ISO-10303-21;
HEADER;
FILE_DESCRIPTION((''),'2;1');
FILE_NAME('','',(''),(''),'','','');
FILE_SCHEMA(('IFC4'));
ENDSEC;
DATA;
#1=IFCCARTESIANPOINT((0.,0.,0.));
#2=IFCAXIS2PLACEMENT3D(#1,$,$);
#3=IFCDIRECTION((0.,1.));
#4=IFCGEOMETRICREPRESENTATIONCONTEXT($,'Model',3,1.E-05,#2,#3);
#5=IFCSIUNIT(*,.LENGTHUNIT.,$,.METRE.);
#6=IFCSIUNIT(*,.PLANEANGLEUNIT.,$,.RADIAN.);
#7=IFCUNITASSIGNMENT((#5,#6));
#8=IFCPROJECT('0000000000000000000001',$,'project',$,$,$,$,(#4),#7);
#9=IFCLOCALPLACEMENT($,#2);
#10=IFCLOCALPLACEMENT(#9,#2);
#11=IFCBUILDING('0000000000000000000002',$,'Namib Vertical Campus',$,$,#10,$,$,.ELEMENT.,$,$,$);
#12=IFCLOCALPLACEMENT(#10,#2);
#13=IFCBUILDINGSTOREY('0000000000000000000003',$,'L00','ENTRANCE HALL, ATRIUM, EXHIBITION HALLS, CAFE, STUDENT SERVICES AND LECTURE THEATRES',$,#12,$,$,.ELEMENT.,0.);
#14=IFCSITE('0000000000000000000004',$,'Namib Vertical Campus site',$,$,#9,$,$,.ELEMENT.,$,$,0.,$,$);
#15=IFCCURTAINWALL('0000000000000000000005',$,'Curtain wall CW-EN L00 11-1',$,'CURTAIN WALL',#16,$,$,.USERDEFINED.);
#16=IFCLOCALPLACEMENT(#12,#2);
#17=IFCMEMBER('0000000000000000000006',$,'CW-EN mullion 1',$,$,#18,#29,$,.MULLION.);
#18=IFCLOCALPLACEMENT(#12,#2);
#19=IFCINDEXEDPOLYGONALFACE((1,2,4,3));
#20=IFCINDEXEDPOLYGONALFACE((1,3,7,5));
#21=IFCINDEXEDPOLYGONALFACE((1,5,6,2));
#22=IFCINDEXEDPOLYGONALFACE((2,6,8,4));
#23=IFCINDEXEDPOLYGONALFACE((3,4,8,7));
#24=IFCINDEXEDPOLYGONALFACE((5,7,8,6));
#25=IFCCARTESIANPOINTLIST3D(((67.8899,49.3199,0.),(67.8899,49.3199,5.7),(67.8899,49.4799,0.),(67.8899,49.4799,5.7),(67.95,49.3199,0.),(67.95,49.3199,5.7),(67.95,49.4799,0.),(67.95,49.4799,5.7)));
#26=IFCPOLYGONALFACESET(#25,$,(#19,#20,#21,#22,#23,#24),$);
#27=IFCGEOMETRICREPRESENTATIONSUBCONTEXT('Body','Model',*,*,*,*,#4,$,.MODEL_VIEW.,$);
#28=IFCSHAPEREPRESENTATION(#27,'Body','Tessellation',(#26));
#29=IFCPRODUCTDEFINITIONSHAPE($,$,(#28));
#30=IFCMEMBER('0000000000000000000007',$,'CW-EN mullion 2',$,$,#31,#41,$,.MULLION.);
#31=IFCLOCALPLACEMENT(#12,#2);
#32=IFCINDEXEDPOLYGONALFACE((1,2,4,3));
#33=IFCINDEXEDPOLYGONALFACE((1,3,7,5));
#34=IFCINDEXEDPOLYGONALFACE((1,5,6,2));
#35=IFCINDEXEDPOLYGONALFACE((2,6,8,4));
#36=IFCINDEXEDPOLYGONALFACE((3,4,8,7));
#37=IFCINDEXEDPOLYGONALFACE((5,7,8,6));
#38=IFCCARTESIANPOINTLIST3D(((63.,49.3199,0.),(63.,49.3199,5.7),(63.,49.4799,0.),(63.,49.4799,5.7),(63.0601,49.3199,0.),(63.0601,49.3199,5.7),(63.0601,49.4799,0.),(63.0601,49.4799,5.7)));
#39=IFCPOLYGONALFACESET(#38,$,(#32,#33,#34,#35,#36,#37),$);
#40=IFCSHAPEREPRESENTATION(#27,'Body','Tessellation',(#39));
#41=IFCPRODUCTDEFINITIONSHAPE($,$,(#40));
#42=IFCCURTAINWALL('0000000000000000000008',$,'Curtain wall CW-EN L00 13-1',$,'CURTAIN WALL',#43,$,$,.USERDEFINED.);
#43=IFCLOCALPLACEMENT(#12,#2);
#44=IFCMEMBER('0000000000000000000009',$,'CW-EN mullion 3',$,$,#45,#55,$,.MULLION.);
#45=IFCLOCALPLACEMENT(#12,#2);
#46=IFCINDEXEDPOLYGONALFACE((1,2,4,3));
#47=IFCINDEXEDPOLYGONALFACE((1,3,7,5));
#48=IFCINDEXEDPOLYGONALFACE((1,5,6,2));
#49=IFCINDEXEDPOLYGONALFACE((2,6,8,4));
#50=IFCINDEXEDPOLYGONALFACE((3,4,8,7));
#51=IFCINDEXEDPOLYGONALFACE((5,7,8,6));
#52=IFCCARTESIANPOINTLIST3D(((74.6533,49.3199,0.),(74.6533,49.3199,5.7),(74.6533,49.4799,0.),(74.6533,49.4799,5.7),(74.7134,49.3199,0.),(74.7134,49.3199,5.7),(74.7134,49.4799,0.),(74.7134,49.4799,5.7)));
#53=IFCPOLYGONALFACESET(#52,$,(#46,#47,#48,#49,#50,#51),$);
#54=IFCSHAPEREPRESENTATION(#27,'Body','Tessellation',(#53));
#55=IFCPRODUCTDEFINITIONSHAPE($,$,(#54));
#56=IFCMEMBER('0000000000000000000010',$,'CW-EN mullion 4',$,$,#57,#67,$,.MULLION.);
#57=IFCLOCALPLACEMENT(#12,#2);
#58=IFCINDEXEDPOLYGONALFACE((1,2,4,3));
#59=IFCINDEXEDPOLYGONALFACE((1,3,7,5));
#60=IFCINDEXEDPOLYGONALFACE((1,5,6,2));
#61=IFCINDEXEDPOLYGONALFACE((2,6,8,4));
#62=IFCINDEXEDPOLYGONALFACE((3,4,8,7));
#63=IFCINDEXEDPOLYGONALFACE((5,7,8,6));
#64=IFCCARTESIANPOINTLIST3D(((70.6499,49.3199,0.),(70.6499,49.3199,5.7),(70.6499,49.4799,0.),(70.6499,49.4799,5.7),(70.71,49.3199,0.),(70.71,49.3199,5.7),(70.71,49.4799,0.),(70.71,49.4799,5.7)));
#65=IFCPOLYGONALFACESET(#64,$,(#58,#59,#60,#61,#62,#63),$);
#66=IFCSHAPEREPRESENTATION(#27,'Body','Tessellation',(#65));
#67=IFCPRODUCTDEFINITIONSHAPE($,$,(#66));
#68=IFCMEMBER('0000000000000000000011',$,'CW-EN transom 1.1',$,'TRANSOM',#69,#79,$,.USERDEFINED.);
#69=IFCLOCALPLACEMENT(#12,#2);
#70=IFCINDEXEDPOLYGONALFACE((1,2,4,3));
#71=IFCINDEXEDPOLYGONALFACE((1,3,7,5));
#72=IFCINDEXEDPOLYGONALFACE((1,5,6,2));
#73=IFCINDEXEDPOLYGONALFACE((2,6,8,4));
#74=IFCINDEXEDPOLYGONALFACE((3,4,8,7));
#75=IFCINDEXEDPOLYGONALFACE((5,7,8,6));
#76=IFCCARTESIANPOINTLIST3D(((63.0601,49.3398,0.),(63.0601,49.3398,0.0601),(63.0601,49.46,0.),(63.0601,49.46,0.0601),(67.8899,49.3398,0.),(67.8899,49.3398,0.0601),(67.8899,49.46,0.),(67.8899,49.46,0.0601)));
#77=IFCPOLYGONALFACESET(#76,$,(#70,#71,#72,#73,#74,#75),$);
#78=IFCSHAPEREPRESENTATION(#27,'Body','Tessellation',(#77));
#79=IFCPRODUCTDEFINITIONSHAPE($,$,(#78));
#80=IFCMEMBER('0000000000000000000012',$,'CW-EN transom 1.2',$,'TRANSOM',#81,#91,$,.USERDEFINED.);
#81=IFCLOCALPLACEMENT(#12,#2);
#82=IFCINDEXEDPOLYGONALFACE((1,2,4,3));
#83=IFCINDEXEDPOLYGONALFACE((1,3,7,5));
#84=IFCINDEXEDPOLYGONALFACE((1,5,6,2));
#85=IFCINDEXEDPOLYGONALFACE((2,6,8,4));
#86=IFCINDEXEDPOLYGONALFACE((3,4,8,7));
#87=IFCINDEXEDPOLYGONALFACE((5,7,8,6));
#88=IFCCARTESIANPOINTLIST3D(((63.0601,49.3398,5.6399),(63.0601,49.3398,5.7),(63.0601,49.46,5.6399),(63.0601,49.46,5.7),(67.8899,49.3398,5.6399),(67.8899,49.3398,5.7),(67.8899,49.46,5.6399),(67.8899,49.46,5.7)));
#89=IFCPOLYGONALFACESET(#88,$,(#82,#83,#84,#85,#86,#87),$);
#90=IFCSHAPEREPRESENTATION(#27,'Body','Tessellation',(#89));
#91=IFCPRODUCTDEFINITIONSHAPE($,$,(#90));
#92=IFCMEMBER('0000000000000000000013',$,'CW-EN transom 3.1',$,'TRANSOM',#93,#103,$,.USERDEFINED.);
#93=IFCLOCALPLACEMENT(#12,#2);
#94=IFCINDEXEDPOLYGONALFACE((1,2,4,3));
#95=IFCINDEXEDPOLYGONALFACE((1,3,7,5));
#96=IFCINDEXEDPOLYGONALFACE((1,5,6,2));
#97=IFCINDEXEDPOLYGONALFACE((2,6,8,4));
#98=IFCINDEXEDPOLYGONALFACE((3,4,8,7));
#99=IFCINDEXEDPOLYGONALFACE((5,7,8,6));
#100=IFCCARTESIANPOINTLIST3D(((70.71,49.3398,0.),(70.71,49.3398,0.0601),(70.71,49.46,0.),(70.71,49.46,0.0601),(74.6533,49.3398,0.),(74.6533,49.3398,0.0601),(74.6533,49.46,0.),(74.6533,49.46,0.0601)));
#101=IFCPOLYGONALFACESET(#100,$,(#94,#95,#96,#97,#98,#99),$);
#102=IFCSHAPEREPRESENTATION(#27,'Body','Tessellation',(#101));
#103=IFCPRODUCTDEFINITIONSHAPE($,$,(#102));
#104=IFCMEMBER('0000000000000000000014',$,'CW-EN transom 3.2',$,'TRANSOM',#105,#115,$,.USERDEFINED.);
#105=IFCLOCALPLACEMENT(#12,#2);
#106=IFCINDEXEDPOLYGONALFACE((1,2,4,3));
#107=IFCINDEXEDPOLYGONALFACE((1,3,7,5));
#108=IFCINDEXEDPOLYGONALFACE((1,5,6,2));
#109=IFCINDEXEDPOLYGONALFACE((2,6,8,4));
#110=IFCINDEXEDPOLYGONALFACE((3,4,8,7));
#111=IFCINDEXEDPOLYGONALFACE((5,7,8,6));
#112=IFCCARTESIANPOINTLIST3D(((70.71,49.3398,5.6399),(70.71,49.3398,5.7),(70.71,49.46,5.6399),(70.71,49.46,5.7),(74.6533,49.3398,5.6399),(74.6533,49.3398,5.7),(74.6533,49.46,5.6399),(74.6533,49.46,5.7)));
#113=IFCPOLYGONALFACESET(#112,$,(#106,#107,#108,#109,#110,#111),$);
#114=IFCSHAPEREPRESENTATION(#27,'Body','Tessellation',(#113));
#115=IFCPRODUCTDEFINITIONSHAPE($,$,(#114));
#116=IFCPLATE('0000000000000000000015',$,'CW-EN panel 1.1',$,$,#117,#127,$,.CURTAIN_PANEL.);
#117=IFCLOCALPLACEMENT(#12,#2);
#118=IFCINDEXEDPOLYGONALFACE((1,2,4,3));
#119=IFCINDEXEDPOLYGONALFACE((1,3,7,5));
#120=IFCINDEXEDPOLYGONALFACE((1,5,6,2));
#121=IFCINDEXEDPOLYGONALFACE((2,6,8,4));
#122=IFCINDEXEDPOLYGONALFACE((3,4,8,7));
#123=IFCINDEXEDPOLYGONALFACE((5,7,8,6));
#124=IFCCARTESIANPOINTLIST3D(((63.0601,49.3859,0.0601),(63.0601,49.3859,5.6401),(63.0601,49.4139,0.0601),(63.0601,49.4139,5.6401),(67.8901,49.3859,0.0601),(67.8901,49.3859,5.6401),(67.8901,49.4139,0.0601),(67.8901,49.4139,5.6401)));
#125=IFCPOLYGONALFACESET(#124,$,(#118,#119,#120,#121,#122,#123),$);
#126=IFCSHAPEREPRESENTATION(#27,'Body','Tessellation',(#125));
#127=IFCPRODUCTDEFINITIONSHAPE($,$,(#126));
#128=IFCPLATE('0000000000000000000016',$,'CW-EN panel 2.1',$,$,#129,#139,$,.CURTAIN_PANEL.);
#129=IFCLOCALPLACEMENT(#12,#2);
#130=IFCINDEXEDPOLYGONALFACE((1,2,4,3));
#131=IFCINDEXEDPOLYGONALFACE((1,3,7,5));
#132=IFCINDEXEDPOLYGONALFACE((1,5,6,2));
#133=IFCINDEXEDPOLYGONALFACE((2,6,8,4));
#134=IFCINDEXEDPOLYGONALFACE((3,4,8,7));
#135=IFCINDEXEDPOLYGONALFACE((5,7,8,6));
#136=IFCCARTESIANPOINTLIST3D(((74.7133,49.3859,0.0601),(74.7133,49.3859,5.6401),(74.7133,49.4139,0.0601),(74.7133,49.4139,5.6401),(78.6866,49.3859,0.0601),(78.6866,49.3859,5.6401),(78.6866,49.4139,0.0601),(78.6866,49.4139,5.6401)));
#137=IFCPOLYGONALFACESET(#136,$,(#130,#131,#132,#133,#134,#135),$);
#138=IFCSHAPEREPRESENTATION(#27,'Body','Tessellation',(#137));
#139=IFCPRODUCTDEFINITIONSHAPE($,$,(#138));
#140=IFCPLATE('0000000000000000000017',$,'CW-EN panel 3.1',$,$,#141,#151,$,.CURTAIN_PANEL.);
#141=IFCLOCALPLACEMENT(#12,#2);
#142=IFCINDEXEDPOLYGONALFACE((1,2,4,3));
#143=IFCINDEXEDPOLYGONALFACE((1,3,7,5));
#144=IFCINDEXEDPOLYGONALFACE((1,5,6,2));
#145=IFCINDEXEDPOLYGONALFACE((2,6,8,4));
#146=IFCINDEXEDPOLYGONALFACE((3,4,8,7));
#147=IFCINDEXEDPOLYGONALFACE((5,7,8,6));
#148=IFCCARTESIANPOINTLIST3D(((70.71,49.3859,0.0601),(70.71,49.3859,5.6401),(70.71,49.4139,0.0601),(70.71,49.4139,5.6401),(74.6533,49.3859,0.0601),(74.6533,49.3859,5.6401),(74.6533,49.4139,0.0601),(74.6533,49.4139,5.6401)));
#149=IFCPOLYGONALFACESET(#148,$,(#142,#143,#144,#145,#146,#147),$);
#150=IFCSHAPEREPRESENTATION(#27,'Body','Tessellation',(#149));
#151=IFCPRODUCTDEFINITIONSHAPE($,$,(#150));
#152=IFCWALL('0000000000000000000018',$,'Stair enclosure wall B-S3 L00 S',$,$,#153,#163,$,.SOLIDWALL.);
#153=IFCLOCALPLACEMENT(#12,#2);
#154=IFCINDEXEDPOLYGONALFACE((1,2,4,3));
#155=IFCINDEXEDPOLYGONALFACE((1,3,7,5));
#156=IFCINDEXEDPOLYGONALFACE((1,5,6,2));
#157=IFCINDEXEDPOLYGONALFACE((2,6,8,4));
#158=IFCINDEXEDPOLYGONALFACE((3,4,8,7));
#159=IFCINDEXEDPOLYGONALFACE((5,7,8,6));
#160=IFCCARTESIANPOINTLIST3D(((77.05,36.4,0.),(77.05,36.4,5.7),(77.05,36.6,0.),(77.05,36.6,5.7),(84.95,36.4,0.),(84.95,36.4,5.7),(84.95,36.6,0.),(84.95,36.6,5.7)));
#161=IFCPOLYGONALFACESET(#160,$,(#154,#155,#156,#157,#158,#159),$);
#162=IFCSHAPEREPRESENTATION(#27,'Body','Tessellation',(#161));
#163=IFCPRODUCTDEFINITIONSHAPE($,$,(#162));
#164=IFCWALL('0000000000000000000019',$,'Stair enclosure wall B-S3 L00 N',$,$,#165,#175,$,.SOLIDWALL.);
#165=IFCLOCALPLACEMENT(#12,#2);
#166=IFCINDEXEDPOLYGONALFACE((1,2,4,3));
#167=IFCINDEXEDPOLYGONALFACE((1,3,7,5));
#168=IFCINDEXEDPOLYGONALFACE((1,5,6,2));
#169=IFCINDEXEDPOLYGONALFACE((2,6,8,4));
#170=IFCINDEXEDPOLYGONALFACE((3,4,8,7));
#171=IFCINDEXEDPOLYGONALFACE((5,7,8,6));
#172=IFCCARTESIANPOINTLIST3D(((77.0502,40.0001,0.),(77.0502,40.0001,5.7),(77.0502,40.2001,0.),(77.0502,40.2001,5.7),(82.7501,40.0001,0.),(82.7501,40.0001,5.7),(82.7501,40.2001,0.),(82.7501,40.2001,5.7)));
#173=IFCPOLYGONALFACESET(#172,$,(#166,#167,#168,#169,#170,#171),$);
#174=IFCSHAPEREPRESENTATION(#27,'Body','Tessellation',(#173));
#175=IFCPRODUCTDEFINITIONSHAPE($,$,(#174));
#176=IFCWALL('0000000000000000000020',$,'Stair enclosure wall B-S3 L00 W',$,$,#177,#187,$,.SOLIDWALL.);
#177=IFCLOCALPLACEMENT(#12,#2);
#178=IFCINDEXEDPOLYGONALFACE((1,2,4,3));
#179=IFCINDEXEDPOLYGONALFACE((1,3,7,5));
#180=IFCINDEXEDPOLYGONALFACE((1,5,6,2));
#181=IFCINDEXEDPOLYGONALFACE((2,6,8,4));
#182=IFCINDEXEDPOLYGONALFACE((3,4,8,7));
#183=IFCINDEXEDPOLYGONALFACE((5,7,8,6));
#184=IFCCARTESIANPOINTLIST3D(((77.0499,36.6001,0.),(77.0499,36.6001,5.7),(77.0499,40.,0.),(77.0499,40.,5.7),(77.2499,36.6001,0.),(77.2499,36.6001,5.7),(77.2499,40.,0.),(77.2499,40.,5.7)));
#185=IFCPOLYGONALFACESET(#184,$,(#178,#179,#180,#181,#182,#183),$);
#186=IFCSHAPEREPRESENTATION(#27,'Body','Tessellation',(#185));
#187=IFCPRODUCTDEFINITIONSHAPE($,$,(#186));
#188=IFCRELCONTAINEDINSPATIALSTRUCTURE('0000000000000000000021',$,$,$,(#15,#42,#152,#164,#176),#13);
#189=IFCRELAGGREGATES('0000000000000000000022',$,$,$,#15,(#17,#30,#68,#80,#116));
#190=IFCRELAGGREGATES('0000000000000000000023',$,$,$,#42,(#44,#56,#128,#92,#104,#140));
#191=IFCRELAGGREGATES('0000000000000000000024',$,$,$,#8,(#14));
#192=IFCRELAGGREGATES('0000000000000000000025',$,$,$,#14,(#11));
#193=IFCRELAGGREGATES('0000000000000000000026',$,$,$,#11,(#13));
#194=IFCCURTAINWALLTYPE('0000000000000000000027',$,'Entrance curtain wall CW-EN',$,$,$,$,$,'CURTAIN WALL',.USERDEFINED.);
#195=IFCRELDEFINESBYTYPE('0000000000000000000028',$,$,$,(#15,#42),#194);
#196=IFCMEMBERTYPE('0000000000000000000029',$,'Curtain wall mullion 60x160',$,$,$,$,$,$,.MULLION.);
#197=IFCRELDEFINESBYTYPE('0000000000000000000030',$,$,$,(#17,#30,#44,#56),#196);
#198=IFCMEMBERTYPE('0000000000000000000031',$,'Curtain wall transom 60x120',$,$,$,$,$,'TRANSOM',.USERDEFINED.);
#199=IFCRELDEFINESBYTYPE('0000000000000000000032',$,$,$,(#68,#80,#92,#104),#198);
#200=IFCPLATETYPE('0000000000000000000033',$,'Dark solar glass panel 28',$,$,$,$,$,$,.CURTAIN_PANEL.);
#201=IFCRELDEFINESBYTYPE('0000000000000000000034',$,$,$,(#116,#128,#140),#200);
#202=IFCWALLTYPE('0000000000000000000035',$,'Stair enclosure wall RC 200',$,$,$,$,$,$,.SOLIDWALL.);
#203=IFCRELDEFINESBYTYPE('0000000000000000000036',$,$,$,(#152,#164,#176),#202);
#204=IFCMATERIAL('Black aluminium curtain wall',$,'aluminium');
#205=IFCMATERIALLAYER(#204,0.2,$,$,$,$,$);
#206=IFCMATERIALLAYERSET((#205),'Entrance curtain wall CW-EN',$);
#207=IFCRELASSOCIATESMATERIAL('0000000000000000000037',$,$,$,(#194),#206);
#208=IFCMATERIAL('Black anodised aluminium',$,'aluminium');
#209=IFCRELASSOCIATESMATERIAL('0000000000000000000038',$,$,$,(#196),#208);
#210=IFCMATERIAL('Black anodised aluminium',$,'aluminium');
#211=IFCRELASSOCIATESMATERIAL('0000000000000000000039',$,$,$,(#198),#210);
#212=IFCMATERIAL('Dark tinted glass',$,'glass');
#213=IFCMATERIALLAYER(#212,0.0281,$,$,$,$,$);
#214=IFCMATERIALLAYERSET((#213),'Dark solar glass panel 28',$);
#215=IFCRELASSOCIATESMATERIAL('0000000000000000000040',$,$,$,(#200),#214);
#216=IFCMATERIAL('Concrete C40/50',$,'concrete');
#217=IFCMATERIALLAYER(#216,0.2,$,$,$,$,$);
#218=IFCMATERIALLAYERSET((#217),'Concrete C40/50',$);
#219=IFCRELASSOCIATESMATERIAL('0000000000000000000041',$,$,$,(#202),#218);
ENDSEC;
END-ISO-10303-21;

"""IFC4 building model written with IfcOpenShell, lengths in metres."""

from ifc_helpers import new_model, si_unit, direction, frame, frame_2d, origin, origin_2d, place, context, subcontext, project, spatial, rectangle, extrude, material, layer, layer_set, material_profile, profile_set, type_object, element, aggregate, save


model = new_model("IFC4")

# Units and contexts
model_context = context("Model", 3, precision=1e-05, world=origin(), true_north=direction((0.0, 1.0)))
body_context = subcontext(model_context, "Body", "Model", "MODEL_VIEW")
ifc_project = project(units=[si_unit("LENGTHUNIT", "METRE"), si_unit("PLANEANGLEUNIT", "RADIAN")], contexts=[model_context])

# Site, building, storey
site_placement = place(None, origin())
site = spatial("IfcSite", under=ifc_project, at=site_placement, Name="Namib Vertical Campus site", CompositionType="ELEMENT", RefElevation=0.0)
building_placement = place(site_placement, origin())
building = spatial("IfcBuilding", under=site, at=building_placement, Name="Namib Vertical Campus", CompositionType="ELEMENT")
storey_placement = place(building_placement, origin())
storey = spatial("IfcBuildingStorey", under=building, at=storey_placement, Name="L00", Description="ENTRANCE HALL, ATRIUM, EXHIBITION HALLS, CAFE, STUDENT SERVICES AND LECTURE THEATRES", CompositionType="ELEMENT", Elevation=0.0)

# Curtain walls, members
ifc_material_1 = material(Name="Black aluminium curtain wall", Category="aluminium")
ifc_layer_1 = layer(ifc_material_1, 0.2)
ifc_layer_set_1 = layer_set([ifc_layer_1], Name="Entrance curtain wall CW-EN")
curtain_wall_type = type_object("IfcCurtainWallType", Name="Entrance curtain wall CW-EN", ElementType="CURTAIN WALL", PredefinedType="USERDEFINED", material=ifc_layer_set_1)
curtain_wall_1_placement = place(storey_placement, origin())
curtain_wall_1 = element("IfcCurtainWall", 1, at=curtain_wall_1_placement, inside=storey, type_object=curtain_wall_type, Name="Curtain wall CW-EN L00 11-1", ObjectType="CURTAIN WALL", PredefinedType="USERDEFINED")
ifc_material_2 = material(Name="Black anodised aluminium", Category="aluminium")
ifc_material_profile_1 = material_profile(ifc_material_2, rectangle(XDim=0.0601, YDim=0.1599, at=origin_2d()))
ifc_profile_set_1 = profile_set([ifc_material_profile_1], Name="Black anodised aluminium")
member_type_1 = type_object("IfcMemberType", Name="Curtain wall mullion 60x160", PredefinedType="MULLION", material=ifc_profile_set_1)
member_1_placement = place(storey_placement, frame((67.9199, 49.3999, 0.0), z_axis=(0.0, 0.0, 1.0), x_axis=(-1.0, 0.0, 0.0)))
member_1 = element("IfcMember", 2, at=member_1_placement, type_object=member_type_1, Name="CW-EN mullion 1", PredefinedType="MULLION", context=body_context, shape_type="SweptSolid", body=[
    extrude(rectangle(XDim=0.0601, YDim=0.1599, at=origin_2d()), origin(), (0.0, 0.0, 1.0), 5.7),
])
member_2_placement = place(storey_placement, frame((63.03, 49.3999, 0.0), z_axis=(0.0, 0.0, 1.0), x_axis=(-1.0, 0.0, 0.0)))
member_2 = element("IfcMember", 3, at=member_2_placement, type_object=member_type_1, Name="CW-EN mullion 2", PredefinedType="MULLION", context=body_context, shape_type="SweptSolid", body=[
    extrude(rectangle(XDim=0.0601, YDim=0.1599, at=origin_2d()), origin(), (0.0, 0.0, 1.0), 5.7),
])
curtain_wall_2_placement = place(storey_placement, origin())
curtain_wall_2 = element("IfcCurtainWall", 4, at=curtain_wall_2_placement, inside=storey, type_object=curtain_wall_type, Name="Curtain wall CW-EN L00 13-1", ObjectType="CURTAIN WALL", PredefinedType="USERDEFINED")
member_3_placement = place(storey_placement, frame((74.6833, 49.3999, 0.0), z_axis=(0.0, 0.0, 1.0), x_axis=(-1.0, 0.0, 0.0)))
member_3 = element("IfcMember", 5, at=member_3_placement, type_object=member_type_1, Name="CW-EN mullion 3", PredefinedType="MULLION", context=body_context, shape_type="SweptSolid", body=[
    extrude(rectangle(XDim=0.0601, YDim=0.1599, at=origin_2d()), origin(), (0.0, 0.0, 1.0), 5.7),
])
member_4_placement = place(storey_placement, frame((70.6799, 49.3999, 0.0), z_axis=(0.0, 0.0, 1.0), x_axis=(-1.0, 0.0, 0.0)))
member_4 = element("IfcMember", 6, at=member_4_placement, type_object=member_type_1, Name="CW-EN mullion 4", PredefinedType="MULLION", context=body_context, shape_type="SweptSolid", body=[
    extrude(rectangle(XDim=0.0601, YDim=0.1599, at=origin_2d()), origin(), (0.0, 0.0, 1.0), 5.7),
])

# Members
ifc_material_3 = material(Name="Black anodised aluminium", Category="aluminium")
ifc_material_profile_2 = material_profile(ifc_material_3, rectangle(XDim=0.0601, YDim=0.1201, at=origin_2d()))
ifc_profile_set_2 = profile_set([ifc_material_profile_2], Name="Black anodised aluminium")
member_type_2 = type_object("IfcMemberType", Name="Curtain wall transom 60x120", ElementType="TRANSOM", PredefinedType="USERDEFINED", material=ifc_profile_set_2)
member_5_placement = place(storey_placement, frame((67.8899, 49.3999, 0.03), z_axis=(-1.0, 0.0, 0.0), x_axis=(0.0, 0.0, 1.0)))
member_5 = element("IfcMember", 7, at=member_5_placement, type_object=member_type_2, Name="CW-EN transom 1.1", ObjectType="TRANSOM", PredefinedType="USERDEFINED", context=body_context, shape_type="SweptSolid", body=[
    extrude(rectangle(XDim=0.0601, YDim=0.1201, at=origin_2d()), origin(), (0.0, 0.0, 1.0), 4.8298),
])
member_6_placement = place(storey_placement, frame((67.8899, 49.3999, 5.6699), z_axis=(-1.0, 0.0, 0.0), x_axis=(0.0, 0.0, 1.0)))
member_6 = element("IfcMember", 8, at=member_6_placement, type_object=member_type_2, Name="CW-EN transom 1.2", ObjectType="TRANSOM", PredefinedType="USERDEFINED", context=body_context, shape_type="SweptSolid", body=[
    extrude(rectangle(XDim=0.0601, YDim=0.1201, at=origin_2d()), origin(), (0.0, 0.0, 1.0), 4.8298),
])
member_7_placement = place(storey_placement, frame((74.6533, 49.3999, 0.03), z_axis=(-1.0, 0.0, 0.0), x_axis=(0.0, 0.0, 1.0)))
member_7 = element("IfcMember", 9, at=member_7_placement, type_object=member_type_2, Name="CW-EN transom 3.1", ObjectType="TRANSOM", PredefinedType="USERDEFINED", context=body_context, shape_type="SweptSolid", body=[
    extrude(rectangle(XDim=0.0601, YDim=0.1201, at=origin_2d()), origin(), (0.0, 0.0, 1.0), 3.9434),
])
member_8_placement = place(storey_placement, frame((74.6533, 49.3999, 5.6699), z_axis=(-1.0, 0.0, 0.0), x_axis=(0.0, 0.0, 1.0)))
member_8 = element("IfcMember", 10, at=member_8_placement, type_object=member_type_2, Name="CW-EN transom 3.2", ObjectType="TRANSOM", PredefinedType="USERDEFINED", context=body_context, shape_type="SweptSolid", body=[
    extrude(rectangle(XDim=0.0601, YDim=0.1201, at=origin_2d()), origin(), (0.0, 0.0, 1.0), 3.9434),
])

# Plates
ifc_material_4 = material(Name="Dark tinted glass", Category="glass")
ifc_layer_2 = layer(ifc_material_4, 0.0281)
ifc_layer_set_2 = layer_set([ifc_layer_2], Name="Dark solar glass panel 28")
plate_type = type_object("IfcPlateType", Name="Dark solar glass panel 28", PredefinedType="CURTAIN_PANEL", material=ifc_layer_set_2)
plate_1_placement = place(storey_placement, frame((65.4751, 49.3999, 0.0601), z_axis=(0.0, 0.0, 1.0), x_axis=(-1.0, 0.0, 0.0)))
plate_1 = element("IfcPlate", 11, at=plate_1_placement, type_object=plate_type, Name="CW-EN panel 1.1", PredefinedType="CURTAIN_PANEL", context=body_context, shape_type="SweptSolid", body=[
    extrude(rectangle(XDim=4.8301, YDim=0.0281, at=origin_2d()), origin(), (0.0, 0.0, 1.0), 5.5801),
])
aggregate(curtain_wall_1, [member_1, member_2, member_5, member_6, plate_1])
plate_2_placement = place(storey_placement, frame((76.7, 49.3999, 0.0601), z_axis=(0.0, 0.0, 1.0), x_axis=(-1.0, 0.0, 0.0)))
plate_2 = element("IfcPlate", 12, at=plate_2_placement, type_object=plate_type, Name="CW-EN panel 2.1", PredefinedType="CURTAIN_PANEL", context=body_context, shape_type="SweptSolid", body=[
    extrude(rectangle(XDim=3.9734, YDim=0.0281, at=origin_2d()), origin(), (0.0, 0.0, 1.0), 5.5801),
])
plate_3_placement = place(storey_placement, frame((72.6816, 49.3999, 0.0601), z_axis=(0.0, 0.0, 1.0), x_axis=(-1.0, 0.0, 0.0)))
plate_3 = element("IfcPlate", 13, at=plate_3_placement, type_object=plate_type, Name="CW-EN panel 3.1", PredefinedType="CURTAIN_PANEL", context=body_context, shape_type="SweptSolid", body=[
    extrude(rectangle(XDim=3.9434, YDim=0.0281, at=origin_2d()), origin(), (0.0, 0.0, 1.0), 5.5801),
])
aggregate(curtain_wall_2, [member_3, member_4, plate_2, member_7, member_8, plate_3])

# Walls
ifc_material_5 = material(Name="Concrete C40/50", Category="concrete")
ifc_layer_3 = layer(ifc_material_5, 0.2)
ifc_layer_set_3 = layer_set([ifc_layer_3], Name="Concrete C40/50")
wall_type_1 = type_object("IfcWallType", Name="Stair enclosure wall RC 200", PredefinedType="SOLIDWALL", material=ifc_layer_set_3)
wall_1_placement = place(storey_placement, frame((77.05, 36.5, 0.0), z_axis=(0.0, 0.0, 1.0), x_axis=(1.0, 0.0, 0.0)))
element("IfcWall", 14, at=wall_1_placement, inside=storey, type_object=wall_type_1, Name="Stair enclosure wall B-S3 L00 S", PredefinedType="SOLIDWALL", context=body_context, shape_type="SweptSolid", body=[
    extrude(rectangle(XDim=7.8999, YDim=0.2, at=frame_2d((3.95, 0.0))), origin(), (0.0, 0.0, 1.0), 5.7),
])
wall_2_placement = place(storey_placement, frame((77.05, 40.1001, 0.0), z_axis=(0.0, 0.0, 1.0), x_axis=(1.0, 0.0, 0.0)))
element("IfcWall", 15, at=wall_2_placement, inside=storey, type_object=wall_type_1, Name="Stair enclosure wall B-S3 L00 N", PredefinedType="SOLIDWALL", context=body_context, shape_type="SweptSolid", body=[
    extrude(rectangle(XDim=5.7, YDim=0.2, at=frame_2d((2.8501, 0.0))), origin(), (0.0, 0.0, 1.0), 5.7),
])
wall_3_placement = place(storey_placement, frame((77.1499, 36.6001, 0.0), z_axis=(0.0, 0.0, 1.0), x_axis=(0.0, 1.0, 0.0)))
element("IfcWall", 16, at=wall_3_placement, inside=storey, type_object=wall_type_1, Name="Stair enclosure wall B-S3 L00 W", PredefinedType="SOLIDWALL", context=body_context, shape_type="SweptSolid", body=[
    extrude(rectangle(XDim=3.3999, YDim=0.2, at=frame_2d((1.7, 0.0))), origin(), (0.0, 0.0, 1.0), 5.7),
])

save(model, "model.ifc")
